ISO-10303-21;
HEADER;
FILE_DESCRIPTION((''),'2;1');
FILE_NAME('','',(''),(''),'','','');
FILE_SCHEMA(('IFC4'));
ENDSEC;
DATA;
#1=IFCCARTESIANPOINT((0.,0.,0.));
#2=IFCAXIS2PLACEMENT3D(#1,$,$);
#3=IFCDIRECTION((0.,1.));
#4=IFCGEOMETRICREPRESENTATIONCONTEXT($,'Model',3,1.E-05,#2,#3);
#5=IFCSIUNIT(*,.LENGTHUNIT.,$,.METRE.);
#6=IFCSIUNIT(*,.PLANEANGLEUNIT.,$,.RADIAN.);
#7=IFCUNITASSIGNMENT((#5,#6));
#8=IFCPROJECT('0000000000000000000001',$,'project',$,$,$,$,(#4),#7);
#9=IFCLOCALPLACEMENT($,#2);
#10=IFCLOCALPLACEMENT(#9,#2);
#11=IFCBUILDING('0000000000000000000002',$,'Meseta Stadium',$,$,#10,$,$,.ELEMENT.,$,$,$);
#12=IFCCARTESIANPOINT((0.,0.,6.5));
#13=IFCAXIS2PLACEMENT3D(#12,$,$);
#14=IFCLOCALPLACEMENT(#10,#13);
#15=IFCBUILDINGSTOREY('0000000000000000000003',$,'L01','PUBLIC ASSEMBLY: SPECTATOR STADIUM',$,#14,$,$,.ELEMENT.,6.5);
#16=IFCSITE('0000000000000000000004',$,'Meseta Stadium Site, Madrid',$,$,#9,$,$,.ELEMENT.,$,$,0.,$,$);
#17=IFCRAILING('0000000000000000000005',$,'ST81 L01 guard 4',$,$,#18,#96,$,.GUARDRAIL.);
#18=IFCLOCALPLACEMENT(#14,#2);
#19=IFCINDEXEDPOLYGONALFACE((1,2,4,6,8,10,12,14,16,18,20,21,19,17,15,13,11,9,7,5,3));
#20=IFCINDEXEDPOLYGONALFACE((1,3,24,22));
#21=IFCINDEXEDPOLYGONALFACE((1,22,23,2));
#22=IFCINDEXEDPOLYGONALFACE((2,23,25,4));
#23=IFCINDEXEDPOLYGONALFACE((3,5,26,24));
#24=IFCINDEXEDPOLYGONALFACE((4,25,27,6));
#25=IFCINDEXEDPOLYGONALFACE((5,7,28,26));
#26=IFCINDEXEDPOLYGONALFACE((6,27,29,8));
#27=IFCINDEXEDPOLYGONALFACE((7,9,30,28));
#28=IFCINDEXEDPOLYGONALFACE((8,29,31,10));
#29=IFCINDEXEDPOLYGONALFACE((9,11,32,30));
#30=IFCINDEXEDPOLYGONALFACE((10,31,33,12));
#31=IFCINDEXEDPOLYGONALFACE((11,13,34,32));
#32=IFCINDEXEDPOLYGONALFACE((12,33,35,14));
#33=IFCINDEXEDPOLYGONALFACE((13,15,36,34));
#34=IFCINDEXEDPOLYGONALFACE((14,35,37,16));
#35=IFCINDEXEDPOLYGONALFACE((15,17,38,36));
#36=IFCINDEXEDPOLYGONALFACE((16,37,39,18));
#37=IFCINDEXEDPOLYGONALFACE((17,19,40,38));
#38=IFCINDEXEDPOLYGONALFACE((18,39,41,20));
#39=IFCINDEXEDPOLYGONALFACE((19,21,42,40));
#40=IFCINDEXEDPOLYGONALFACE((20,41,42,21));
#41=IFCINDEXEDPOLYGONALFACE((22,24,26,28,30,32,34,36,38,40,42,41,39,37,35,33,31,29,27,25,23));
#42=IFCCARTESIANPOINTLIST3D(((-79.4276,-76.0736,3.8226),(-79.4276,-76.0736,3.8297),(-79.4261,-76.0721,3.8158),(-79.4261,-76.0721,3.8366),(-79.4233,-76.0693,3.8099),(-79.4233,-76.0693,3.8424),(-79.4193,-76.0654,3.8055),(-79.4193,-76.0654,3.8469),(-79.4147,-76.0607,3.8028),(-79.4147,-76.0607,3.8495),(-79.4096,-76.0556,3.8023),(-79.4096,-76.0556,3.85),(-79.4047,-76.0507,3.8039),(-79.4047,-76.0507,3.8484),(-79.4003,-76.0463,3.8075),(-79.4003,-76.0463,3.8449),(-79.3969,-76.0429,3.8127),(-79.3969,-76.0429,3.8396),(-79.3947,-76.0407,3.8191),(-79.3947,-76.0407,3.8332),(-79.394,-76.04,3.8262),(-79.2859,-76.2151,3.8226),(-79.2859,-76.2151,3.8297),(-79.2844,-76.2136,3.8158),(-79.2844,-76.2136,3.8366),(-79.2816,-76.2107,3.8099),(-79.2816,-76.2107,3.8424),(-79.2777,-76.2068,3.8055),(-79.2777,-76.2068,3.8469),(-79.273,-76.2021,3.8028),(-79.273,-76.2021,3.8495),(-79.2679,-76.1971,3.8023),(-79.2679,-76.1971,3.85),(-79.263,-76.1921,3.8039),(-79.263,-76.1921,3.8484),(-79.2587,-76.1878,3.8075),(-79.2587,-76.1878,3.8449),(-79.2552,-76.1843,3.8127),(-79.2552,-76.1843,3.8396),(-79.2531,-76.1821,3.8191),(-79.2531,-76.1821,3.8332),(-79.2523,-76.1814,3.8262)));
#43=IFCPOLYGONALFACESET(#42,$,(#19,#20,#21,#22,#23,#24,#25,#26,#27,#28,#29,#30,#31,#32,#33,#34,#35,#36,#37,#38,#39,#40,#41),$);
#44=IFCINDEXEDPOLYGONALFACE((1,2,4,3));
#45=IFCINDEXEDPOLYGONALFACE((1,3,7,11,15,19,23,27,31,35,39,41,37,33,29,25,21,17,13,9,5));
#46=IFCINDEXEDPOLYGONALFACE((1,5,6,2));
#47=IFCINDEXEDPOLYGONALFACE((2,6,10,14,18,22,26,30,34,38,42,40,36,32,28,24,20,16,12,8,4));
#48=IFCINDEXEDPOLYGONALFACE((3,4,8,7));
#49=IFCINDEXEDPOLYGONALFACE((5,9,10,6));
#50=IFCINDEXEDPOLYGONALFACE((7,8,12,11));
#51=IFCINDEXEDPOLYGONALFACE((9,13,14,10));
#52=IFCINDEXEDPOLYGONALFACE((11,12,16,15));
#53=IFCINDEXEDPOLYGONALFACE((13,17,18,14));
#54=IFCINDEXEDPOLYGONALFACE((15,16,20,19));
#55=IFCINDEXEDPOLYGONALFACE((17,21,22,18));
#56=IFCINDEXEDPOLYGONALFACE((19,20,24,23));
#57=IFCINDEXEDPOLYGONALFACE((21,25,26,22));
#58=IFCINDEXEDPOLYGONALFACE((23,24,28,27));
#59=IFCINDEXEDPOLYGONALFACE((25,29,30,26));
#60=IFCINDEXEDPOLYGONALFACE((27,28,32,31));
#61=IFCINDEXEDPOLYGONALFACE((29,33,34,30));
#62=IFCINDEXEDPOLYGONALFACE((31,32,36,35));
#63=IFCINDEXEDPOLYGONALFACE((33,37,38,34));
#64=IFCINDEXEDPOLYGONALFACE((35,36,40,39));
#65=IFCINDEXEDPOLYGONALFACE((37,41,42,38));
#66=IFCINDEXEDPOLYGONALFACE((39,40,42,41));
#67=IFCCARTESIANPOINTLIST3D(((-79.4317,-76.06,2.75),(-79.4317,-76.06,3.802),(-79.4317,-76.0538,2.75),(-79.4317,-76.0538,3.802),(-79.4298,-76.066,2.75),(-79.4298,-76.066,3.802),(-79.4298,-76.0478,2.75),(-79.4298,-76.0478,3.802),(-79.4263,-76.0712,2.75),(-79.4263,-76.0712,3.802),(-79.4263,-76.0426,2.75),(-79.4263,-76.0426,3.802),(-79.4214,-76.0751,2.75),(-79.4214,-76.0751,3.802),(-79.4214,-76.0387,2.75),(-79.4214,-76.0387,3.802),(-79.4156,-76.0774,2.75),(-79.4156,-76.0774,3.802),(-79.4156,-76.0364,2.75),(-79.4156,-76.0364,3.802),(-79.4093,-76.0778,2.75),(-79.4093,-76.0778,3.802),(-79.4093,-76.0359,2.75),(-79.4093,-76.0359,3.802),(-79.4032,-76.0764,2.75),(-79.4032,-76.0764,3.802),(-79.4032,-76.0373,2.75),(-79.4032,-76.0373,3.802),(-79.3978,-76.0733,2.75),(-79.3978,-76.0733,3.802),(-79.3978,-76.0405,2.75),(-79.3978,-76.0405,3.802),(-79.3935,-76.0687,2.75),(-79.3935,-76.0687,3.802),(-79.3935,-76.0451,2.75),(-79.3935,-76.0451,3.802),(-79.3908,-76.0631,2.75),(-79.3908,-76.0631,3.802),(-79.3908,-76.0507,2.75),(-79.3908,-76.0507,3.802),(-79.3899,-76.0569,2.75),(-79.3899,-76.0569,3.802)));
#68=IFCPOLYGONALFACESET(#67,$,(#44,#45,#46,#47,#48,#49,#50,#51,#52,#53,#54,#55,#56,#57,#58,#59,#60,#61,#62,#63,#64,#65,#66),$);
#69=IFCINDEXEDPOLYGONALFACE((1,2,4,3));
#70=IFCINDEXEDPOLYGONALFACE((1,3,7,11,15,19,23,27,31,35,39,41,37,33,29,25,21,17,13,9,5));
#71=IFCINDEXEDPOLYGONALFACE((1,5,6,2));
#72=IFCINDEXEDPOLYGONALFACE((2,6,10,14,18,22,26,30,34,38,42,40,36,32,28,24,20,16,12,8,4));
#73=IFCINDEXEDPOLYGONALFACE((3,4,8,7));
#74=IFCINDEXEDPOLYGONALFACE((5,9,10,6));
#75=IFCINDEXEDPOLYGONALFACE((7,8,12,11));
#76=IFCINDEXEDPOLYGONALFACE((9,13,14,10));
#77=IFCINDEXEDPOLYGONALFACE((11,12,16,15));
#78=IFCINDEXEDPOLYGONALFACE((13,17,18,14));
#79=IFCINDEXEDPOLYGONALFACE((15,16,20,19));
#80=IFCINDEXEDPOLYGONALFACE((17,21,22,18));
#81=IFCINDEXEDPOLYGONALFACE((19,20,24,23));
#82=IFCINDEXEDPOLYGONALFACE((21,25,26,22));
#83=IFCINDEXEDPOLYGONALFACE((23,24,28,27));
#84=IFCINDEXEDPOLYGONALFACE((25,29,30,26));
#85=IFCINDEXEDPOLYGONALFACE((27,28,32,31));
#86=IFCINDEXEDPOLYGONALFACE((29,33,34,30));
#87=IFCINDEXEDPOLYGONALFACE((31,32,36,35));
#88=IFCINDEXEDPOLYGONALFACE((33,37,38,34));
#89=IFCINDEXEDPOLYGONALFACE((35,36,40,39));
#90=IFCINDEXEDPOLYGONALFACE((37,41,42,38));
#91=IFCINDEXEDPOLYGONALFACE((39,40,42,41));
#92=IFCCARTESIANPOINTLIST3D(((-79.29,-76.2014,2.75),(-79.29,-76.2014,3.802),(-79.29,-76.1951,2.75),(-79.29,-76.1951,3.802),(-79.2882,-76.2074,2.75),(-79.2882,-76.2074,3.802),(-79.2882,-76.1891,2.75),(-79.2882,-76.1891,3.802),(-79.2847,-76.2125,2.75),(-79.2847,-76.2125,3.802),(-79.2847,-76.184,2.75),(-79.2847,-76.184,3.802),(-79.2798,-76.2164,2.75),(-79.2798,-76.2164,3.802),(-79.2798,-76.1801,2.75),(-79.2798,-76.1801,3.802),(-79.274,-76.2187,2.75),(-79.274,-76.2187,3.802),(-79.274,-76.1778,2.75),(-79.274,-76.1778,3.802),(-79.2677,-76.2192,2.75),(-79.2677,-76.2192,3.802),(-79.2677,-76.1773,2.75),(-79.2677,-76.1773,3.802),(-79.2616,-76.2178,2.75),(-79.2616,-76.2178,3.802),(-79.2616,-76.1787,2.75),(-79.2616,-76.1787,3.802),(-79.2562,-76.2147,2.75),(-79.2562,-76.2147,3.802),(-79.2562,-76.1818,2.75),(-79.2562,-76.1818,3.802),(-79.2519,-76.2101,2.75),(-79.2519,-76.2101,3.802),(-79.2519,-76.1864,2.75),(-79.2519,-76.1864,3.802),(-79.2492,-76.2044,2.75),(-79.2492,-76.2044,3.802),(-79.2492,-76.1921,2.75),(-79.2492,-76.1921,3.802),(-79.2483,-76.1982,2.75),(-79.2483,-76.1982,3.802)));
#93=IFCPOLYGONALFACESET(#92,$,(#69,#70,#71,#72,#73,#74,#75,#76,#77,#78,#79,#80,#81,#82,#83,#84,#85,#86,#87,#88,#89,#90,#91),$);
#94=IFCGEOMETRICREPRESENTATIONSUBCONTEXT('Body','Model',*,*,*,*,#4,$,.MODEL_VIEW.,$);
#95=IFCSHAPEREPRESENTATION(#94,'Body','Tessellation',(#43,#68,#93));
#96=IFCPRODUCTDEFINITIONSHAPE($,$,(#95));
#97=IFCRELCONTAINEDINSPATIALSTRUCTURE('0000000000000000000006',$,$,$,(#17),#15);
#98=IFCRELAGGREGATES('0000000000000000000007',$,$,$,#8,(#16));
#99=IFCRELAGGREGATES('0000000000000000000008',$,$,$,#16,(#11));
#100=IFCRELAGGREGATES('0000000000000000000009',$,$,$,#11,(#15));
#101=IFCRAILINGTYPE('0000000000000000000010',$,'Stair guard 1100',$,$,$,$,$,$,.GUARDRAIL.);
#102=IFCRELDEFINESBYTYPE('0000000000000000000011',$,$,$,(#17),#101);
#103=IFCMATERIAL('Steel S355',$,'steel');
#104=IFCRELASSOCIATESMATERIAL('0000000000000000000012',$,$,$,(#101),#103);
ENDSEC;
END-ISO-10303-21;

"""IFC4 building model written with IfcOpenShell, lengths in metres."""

from ifc_helpers import new_model, si_unit, direction, frame, origin, origin_2d, place, context, subcontext, project, spatial, circle, extrude, material, type_object, element, save


model = new_model("IFC4")

# Units and contexts
model_context = context("Model", 3, precision=1e-05, world=origin(), true_north=direction((0.0, 1.0)))
body_context = subcontext(model_context, "Body", "Model", "MODEL_VIEW")
ifc_project = project(units=[si_unit("LENGTHUNIT", "METRE"), si_unit("PLANEANGLEUNIT", "RADIAN")], contexts=[model_context])

# Site, building, storey
site_placement = place(None, origin())
site = spatial("IfcSite", under=ifc_project, at=site_placement, Name="Meseta Stadium Site, Madrid", CompositionType="ELEMENT", RefElevation=0.0)
building_placement = place(site_placement, origin())
building = spatial("IfcBuilding", under=site, at=building_placement, Name="Meseta Stadium", CompositionType="ELEMENT")
storey_placement = place(building_placement, frame((0.0, 0.0, 6.5)))
storey = spatial("IfcBuildingStorey", under=building, at=storey_placement, Name="L01", Description="PUBLIC ASSEMBLY: SPECTATOR STADIUM", CompositionType="ELEMENT", Elevation=6.5)

# Railing
ifc_material_1 = material(Name="Steel S355", Category="steel")
railing_type_1 = type_object("IfcRailingType", Name="Stair guard 1100", PredefinedType="GUARDRAIL", material=ifc_material_1)
railing_1_placement = place(storey_placement, frame((-79.4109, -76.0569, 2.75)))
element("IfcRailing", 1, at=railing_1_placement, inside=storey, type_object=railing_type_1, Name="ST81 L01 guard 4", PredefinedType="GUARDRAIL", context=body_context, shape_type="SweptSolid", body=[
    extrude(circle(Radius=0.0239, at=origin_2d()), frame((0.0, 0.0, 1.0762), z_axis=(0.707717, -0.706496, 0.0), x_axis=(0.706496, 0.707717, 0.0)), (0.0, 0.0, 1.0), 0.2002),
    extrude(circle(Radius=0.021, at=origin_2d()), origin(), (0.0, 0.0, 1.0), 1.052),
    extrude(circle(Radius=0.021, at=origin_2d()), frame((0.1416, -0.1414, 0.0)), (0.0, 0.0, 1.0), 1.052),
])

save(model, "model.ifc")
